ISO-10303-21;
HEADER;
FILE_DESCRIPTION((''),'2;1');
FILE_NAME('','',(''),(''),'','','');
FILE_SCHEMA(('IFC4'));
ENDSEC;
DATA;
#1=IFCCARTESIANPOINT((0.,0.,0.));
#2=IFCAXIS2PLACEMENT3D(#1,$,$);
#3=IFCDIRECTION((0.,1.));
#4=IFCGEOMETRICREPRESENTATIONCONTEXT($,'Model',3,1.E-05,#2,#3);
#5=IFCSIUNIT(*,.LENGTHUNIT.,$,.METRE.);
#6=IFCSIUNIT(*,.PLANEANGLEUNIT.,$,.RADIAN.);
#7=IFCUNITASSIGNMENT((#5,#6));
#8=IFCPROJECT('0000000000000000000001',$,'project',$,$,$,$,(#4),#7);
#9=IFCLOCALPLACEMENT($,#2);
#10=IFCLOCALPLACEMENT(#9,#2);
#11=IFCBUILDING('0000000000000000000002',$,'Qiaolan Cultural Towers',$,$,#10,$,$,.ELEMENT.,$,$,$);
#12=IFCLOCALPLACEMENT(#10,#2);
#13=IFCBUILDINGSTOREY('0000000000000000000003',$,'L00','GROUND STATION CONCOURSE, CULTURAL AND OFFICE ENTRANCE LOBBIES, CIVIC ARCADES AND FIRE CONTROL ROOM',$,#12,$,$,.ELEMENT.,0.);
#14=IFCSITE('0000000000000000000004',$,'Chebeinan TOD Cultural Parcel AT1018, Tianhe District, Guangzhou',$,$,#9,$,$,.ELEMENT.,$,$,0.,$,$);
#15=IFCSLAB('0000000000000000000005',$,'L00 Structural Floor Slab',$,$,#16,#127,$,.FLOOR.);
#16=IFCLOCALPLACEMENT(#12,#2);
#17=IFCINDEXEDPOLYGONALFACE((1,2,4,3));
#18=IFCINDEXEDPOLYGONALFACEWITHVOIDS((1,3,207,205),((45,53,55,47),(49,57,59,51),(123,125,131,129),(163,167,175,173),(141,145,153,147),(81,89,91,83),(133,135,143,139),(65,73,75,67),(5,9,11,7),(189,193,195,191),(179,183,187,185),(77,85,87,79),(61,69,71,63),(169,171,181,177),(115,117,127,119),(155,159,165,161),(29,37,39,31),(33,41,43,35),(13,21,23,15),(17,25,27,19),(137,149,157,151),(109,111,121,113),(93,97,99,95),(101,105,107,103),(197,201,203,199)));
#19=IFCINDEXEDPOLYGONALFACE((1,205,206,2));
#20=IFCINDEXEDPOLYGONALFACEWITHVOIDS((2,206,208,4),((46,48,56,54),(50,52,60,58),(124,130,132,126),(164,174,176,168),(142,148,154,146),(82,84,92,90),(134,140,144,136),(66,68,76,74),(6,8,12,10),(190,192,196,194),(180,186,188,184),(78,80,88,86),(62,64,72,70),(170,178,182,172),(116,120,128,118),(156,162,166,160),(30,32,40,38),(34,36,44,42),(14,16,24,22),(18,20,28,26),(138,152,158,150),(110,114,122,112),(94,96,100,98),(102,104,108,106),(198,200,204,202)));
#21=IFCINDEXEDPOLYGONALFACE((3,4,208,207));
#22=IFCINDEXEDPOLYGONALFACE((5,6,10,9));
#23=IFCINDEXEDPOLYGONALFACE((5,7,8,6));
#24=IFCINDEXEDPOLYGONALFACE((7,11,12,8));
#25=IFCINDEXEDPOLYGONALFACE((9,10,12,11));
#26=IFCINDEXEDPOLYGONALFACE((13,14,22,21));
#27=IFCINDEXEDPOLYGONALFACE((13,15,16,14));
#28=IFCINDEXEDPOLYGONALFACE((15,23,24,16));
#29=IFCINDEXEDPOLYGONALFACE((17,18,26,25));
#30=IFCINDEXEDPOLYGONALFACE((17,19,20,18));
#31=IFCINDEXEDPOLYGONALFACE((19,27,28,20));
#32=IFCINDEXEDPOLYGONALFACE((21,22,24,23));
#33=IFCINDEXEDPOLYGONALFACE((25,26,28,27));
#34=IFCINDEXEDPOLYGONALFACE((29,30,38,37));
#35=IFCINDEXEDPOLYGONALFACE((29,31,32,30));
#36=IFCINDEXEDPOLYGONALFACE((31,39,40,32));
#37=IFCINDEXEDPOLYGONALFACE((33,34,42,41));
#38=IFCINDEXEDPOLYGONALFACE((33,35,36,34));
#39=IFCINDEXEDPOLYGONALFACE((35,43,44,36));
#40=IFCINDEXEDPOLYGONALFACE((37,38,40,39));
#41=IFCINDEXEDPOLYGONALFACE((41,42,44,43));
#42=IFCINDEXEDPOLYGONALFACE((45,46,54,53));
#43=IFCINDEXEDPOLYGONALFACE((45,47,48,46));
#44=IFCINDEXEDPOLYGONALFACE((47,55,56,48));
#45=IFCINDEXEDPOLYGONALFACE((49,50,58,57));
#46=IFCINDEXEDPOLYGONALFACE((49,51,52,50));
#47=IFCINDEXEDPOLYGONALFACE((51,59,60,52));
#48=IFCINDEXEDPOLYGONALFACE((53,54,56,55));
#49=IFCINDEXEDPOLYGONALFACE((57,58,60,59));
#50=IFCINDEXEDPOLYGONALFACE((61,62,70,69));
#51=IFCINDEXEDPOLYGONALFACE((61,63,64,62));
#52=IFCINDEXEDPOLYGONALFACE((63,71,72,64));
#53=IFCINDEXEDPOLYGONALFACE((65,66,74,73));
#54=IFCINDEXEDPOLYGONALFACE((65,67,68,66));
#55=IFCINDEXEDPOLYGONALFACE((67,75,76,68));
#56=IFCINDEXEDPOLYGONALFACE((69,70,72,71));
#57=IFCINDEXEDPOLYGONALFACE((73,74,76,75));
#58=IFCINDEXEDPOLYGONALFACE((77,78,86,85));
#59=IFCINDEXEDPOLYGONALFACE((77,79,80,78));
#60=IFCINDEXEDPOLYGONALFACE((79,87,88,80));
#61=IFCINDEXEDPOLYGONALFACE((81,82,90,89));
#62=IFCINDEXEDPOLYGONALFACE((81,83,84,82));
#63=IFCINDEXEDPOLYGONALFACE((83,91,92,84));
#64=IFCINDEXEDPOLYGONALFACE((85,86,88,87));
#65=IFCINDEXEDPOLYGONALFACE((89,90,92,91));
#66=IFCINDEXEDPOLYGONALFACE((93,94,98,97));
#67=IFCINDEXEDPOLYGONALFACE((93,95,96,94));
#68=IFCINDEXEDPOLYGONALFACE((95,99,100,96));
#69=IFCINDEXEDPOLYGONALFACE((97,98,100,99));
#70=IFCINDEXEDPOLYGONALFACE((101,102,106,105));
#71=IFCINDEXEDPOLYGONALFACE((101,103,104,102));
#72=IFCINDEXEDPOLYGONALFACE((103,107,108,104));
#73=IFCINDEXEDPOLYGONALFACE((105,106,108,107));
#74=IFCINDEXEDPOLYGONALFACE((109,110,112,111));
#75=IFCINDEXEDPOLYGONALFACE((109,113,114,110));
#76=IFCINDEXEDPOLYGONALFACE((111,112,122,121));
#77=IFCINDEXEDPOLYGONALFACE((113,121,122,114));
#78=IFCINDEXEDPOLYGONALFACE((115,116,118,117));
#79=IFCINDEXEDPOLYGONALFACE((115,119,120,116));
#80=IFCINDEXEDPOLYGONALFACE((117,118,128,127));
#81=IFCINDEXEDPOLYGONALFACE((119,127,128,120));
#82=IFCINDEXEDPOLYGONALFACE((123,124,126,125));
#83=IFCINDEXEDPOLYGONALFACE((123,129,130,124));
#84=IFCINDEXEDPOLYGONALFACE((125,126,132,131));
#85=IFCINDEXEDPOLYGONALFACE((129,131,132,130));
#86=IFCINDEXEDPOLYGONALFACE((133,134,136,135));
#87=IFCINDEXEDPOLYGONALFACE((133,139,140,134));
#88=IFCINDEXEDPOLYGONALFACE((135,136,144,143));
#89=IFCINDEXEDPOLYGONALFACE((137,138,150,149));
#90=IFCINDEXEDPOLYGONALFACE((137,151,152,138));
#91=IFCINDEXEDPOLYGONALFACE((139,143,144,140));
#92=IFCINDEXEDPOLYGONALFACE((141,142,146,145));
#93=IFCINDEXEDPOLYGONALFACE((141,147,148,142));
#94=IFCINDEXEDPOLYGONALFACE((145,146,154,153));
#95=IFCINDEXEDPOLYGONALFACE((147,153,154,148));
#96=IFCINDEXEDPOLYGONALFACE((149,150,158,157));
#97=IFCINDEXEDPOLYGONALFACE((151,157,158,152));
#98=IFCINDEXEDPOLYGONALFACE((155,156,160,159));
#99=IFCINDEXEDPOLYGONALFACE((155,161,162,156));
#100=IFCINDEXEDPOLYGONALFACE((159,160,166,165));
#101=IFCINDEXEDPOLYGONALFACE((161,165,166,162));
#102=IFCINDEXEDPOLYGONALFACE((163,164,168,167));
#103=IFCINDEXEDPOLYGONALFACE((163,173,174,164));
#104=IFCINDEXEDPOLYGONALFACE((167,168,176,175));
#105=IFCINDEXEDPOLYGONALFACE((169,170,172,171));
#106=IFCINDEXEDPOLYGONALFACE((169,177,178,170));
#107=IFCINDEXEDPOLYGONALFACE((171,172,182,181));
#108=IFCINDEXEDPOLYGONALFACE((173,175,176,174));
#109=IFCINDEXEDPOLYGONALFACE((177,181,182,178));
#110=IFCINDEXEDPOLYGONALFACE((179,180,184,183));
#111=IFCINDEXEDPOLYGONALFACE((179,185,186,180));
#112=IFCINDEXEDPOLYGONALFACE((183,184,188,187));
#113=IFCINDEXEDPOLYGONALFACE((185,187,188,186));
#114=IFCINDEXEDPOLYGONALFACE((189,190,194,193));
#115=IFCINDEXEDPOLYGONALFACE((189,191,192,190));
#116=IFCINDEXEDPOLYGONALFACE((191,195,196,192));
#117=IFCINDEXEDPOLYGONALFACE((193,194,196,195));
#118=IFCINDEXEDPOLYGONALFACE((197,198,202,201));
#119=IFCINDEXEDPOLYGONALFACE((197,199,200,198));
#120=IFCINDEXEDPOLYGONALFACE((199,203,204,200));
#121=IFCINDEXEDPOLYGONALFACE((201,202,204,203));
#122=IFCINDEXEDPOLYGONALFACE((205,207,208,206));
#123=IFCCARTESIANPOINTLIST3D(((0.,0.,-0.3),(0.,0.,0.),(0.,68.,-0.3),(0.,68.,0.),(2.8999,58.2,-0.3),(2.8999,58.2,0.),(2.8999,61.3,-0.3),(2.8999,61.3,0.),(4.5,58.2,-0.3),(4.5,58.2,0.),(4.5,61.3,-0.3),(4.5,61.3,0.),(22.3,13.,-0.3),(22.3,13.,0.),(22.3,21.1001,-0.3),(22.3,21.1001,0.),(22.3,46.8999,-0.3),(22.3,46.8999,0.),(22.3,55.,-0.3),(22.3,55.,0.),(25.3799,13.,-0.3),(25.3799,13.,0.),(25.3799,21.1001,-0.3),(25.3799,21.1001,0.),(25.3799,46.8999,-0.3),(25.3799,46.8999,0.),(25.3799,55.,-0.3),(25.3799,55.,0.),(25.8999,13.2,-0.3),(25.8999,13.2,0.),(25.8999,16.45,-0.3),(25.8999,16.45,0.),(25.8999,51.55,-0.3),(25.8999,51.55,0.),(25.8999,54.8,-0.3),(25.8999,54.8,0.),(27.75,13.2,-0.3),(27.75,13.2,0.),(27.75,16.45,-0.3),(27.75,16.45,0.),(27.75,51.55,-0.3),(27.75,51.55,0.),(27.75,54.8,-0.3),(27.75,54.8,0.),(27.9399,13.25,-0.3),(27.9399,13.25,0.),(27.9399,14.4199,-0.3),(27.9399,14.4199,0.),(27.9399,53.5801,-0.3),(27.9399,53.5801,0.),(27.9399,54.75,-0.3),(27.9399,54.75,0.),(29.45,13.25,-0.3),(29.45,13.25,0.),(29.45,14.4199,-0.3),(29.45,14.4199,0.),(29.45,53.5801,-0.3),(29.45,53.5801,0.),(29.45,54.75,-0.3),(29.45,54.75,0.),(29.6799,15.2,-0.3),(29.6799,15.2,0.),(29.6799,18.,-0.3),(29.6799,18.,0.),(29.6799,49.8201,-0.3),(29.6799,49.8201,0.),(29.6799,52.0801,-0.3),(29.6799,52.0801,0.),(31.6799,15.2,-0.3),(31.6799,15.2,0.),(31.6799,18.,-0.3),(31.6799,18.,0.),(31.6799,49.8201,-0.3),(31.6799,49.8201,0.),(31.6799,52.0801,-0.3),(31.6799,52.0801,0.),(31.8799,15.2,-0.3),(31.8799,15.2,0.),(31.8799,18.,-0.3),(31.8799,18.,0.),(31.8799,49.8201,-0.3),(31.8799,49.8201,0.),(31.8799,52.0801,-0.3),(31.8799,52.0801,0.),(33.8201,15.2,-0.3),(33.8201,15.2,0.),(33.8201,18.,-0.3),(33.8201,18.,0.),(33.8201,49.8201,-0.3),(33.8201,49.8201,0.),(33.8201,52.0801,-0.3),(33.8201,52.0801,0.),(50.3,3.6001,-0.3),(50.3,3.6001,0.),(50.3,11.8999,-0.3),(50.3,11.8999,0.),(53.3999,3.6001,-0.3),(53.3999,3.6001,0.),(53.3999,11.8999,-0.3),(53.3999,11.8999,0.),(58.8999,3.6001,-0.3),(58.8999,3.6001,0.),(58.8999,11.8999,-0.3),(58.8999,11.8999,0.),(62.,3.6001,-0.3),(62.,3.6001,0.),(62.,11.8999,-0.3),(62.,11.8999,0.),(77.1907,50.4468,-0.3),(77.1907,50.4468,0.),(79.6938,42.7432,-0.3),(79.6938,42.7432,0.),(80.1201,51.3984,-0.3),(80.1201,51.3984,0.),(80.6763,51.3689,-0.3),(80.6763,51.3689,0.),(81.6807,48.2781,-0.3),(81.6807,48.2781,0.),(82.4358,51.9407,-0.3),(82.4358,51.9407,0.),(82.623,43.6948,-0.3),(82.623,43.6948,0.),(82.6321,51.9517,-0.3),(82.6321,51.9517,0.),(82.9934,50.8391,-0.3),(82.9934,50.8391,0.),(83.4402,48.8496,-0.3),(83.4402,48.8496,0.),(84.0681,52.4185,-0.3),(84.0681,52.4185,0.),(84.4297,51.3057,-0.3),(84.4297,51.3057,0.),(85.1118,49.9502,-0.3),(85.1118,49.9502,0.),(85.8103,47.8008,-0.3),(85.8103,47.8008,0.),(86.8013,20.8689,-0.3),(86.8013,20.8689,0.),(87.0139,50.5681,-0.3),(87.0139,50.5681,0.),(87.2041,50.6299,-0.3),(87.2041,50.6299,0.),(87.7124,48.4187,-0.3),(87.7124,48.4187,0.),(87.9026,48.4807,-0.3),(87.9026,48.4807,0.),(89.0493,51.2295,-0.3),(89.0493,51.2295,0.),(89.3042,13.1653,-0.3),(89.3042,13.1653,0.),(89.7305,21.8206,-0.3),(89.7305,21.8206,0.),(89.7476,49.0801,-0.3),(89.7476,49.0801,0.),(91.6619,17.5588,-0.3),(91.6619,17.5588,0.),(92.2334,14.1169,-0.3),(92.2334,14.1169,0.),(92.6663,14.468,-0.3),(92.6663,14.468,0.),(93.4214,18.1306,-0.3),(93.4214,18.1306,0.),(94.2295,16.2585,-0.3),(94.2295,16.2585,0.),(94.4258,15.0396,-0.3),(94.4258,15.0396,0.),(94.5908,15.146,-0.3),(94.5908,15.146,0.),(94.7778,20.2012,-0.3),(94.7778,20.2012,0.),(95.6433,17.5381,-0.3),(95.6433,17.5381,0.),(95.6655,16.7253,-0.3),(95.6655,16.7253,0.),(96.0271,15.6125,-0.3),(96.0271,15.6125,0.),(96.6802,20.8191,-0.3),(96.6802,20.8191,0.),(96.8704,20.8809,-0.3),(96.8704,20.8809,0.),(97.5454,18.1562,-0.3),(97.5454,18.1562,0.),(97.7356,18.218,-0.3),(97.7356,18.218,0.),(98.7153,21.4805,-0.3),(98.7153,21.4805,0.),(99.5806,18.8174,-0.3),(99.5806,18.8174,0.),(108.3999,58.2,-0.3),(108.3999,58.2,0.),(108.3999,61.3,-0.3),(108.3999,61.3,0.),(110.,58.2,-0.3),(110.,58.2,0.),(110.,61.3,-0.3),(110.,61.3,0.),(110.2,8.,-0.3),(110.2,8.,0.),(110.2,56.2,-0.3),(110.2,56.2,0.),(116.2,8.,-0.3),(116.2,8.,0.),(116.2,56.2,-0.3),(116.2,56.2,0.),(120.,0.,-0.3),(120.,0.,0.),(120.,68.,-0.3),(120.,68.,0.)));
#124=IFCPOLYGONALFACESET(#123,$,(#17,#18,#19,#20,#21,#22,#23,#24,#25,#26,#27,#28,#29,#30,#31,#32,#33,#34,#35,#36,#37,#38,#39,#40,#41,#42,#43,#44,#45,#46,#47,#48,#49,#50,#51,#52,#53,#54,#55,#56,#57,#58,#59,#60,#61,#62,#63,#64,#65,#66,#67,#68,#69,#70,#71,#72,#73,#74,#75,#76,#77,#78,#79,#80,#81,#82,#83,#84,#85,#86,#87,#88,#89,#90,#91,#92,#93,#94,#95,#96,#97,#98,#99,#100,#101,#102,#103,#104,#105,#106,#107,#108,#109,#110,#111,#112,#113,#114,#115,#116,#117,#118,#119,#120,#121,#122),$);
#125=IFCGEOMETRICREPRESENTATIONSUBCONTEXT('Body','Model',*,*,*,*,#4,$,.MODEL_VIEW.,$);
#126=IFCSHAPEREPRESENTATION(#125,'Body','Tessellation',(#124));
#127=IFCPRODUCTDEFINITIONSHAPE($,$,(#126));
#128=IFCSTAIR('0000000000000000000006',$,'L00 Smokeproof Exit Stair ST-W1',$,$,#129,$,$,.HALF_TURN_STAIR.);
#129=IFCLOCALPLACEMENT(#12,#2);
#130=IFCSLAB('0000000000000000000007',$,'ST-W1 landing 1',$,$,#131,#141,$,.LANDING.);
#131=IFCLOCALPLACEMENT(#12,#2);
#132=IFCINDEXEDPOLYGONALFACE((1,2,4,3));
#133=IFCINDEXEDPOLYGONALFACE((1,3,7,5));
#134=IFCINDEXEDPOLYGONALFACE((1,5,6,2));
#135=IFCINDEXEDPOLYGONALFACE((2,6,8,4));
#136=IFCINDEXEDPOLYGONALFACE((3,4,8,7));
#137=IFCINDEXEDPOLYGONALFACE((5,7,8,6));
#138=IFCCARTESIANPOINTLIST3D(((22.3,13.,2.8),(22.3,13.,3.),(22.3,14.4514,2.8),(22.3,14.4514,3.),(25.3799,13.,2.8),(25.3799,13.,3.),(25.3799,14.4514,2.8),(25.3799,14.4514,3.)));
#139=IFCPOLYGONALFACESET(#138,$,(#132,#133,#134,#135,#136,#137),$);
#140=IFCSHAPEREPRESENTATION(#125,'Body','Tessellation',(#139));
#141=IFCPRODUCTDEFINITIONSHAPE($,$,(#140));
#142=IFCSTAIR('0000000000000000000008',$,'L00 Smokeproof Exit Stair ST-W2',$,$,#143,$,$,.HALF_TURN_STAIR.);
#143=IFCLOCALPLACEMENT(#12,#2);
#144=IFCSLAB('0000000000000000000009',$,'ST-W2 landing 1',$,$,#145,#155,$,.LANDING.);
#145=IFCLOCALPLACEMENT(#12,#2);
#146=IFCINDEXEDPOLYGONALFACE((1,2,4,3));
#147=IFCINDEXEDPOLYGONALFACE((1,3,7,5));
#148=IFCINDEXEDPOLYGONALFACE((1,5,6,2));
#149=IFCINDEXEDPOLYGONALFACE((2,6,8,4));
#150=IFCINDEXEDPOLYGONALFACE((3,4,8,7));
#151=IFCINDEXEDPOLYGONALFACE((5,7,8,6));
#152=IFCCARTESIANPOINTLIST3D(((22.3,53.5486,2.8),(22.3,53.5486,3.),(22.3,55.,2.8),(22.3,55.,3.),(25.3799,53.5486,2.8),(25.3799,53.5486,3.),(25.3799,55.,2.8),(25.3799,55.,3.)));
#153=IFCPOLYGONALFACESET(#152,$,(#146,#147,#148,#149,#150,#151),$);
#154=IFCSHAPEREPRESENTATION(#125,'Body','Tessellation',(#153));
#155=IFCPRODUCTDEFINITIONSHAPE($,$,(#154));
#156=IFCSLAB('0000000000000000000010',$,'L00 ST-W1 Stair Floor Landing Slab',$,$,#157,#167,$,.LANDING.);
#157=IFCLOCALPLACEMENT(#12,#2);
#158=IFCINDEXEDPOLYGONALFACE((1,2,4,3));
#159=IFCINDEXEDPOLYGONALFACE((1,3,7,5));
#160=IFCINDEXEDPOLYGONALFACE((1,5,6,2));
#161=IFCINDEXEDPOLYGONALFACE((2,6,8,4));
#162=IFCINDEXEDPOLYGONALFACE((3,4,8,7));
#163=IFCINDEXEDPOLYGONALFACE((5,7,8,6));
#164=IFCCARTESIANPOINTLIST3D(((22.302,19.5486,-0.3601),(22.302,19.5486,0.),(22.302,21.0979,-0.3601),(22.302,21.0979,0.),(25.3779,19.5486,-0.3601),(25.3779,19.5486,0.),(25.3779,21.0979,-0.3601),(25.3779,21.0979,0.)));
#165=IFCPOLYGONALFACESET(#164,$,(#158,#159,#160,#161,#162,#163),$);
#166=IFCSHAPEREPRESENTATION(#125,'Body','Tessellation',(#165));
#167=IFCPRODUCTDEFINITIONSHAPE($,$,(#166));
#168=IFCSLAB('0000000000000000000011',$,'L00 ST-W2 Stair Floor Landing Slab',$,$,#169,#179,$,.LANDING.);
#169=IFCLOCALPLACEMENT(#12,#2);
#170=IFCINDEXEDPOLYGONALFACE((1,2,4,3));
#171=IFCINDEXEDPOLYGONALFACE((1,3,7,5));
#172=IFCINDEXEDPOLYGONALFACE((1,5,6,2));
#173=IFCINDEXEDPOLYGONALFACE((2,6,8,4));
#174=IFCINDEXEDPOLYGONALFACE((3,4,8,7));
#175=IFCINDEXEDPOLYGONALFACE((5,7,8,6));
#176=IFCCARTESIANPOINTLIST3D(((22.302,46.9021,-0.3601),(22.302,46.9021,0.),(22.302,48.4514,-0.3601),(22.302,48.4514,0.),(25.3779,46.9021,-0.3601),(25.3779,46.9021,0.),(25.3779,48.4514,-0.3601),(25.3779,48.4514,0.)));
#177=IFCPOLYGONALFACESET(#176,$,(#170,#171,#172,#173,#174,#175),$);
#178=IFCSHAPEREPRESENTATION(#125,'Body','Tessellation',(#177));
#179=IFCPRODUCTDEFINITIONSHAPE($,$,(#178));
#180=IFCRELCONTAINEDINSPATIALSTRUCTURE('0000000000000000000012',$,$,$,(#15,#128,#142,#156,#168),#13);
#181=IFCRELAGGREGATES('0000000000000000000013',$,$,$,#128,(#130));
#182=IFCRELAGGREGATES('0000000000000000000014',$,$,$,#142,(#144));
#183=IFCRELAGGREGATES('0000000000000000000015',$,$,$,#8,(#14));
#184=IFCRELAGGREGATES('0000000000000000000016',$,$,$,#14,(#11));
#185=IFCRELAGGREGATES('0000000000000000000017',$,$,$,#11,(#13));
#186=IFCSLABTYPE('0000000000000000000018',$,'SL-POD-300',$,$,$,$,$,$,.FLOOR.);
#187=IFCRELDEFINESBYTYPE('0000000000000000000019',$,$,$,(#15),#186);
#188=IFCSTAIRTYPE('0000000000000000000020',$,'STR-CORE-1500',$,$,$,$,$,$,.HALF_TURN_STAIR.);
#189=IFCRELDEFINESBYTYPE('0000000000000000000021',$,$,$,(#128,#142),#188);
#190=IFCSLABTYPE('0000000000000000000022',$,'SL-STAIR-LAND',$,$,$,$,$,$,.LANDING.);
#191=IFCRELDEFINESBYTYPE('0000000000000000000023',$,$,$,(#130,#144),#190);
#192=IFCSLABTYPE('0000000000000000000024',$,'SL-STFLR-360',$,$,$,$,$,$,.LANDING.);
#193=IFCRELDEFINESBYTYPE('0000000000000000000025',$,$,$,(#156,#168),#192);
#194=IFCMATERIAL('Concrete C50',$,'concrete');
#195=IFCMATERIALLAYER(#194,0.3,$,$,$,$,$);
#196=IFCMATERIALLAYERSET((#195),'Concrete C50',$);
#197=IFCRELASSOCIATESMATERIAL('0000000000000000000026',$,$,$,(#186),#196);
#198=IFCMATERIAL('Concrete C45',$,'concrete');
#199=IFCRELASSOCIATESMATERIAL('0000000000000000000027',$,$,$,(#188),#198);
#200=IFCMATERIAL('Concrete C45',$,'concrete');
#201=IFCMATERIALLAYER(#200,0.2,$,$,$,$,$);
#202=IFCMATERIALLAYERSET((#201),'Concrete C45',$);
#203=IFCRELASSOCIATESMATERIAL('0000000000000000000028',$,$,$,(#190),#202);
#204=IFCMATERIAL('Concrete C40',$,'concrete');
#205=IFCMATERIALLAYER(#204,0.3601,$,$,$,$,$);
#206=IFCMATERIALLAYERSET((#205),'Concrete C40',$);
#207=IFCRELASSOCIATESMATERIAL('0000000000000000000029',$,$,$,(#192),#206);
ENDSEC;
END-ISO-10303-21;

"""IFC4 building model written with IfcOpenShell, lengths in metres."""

from ifc_helpers import new_model, si_unit, direction, frame, origin, place, context, subcontext, project, spatial, polyline, outline, extrude, material, layer, layer_set, type_object, element, aggregate, save


model = new_model("IFC4")

# Units and contexts
model_context = context("Model", 3, precision=1e-05, world=origin(), true_north=direction((0.0, 1.0)))
body_context = subcontext(model_context, "Body", "Model", "MODEL_VIEW")
ifc_project = project(units=[si_unit("LENGTHUNIT", "METRE"), si_unit("PLANEANGLEUNIT", "RADIAN")], contexts=[model_context])

# Site, building, storey
site_placement = place(None, origin())
site = spatial("IfcSite", under=ifc_project, at=site_placement, Name="Chebeinan TOD Cultural Parcel AT1018, Tianhe District, Guangzhou", CompositionType="ELEMENT", RefElevation=0.0)
building_placement = place(site_placement, origin())
building = spatial("IfcBuilding", under=site, at=building_placement, Name="Qiaolan Cultural Towers", CompositionType="ELEMENT")
storey_placement = place(building_placement, origin())
storey = spatial("IfcBuildingStorey", under=building, at=storey_placement, Name="L00", Description="GROUND STATION CONCOURSE, CULTURAL AND OFFICE ENTRANCE LOBBIES, CIVIC ARCADES AND FIRE CONTROL ROOM", CompositionType="ELEMENT", Elevation=0.0)

# Slab
ifc_material_1 = material(Name="Concrete C50", Category="concrete")
ifc_layer_1 = layer(ifc_material_1, 0.3)
ifc_layer_set_1 = layer_set([ifc_layer_1], Name="Concrete C50")
slab_type_1 = type_object("IfcSlabType", Name="SL-POD-300", PredefinedType="FLOOR", material=ifc_layer_set_1)
slab_1_placement = place(storey_placement, frame((0.0, 0.0, -0.3)))
element("IfcSlab", 1, at=slab_1_placement, inside=storey, type_object=slab_type_1, Name="L00 Structural Floor Slab", PredefinedType="FLOOR", context=body_context, shape_type="SweptSolid", body=[
    extrude(outline(polyline([(0.0, 0.0), (120.0, 0.0), (120.0, 68.0), (0.0, 68.0), (0.0, 0.0)]), holes=[polyline([(22.3, 21.1001), (22.3, 13.0), (25.3799, 13.0), (25.3799, 21.1001), (22.3, 21.1001)]), polyline([(25.3799, 46.8999), (25.3799, 55.0), (22.3, 55.0), (22.3, 46.8999), (25.3799, 46.8999)]), polyline([(86.8013, 20.8689), (89.3042, 13.1653), (92.2334, 14.1169), (89.7305, 21.8206), (86.8013, 20.8689)]), polyline([(82.623, 43.6948), (80.1201, 51.3984), (77.1907, 50.4468), (79.6938, 42.7432), (82.623, 43.6948)]), polyline([(2.8999, 58.2), (4.5, 58.2), (4.5, 61.3), (2.8999, 61.3), (2.8999, 58.2)]), polyline([(108.3999, 58.2), (110.0, 58.2), (110.0, 61.3), (108.3999, 61.3), (108.3999, 58.2)]), polyline([(53.3999, 3.6001), (53.3999, 11.8999), (50.3, 11.8999), (50.3, 3.6001), (53.3999, 3.6001)]), polyline([(62.0, 3.6001), (62.0, 11.8999), (58.8999, 11.8999), (58.8999, 3.6001), (62.0, 3.6001)]), polyline([(25.8999, 13.2), (27.75, 13.2), (27.75, 16.45), (25.8999, 16.45), (25.8999, 13.2)]), polyline([(27.9399, 13.25), (29.45, 13.25), (29.45, 14.4199), (27.9399, 14.4199), (27.9399, 13.25)]), polyline([(29.6799, 15.2), (31.6799, 15.2), (31.6799, 18.0), (29.6799, 18.0), (29.6799, 15.2)]), polyline([(31.8799, 15.2), (33.8201, 15.2), (33.8201, 18.0), (31.8799, 18.0), (31.8799, 15.2)]), polyline([(25.8999, 51.55), (27.75, 51.55), (27.75, 54.8), (25.8999, 54.8), (25.8999, 51.55)]), polyline([(27.9399, 53.5801), (29.45, 53.5801), (29.45, 54.75), (27.9399, 54.75), (27.9399, 53.5801)]), polyline([(29.6799, 49.8201), (31.6799, 49.8201), (31.6799, 52.0801), (29.6799, 52.0801), (29.6799, 49.8201)]), polyline([(31.8799, 49.8201), (33.8201, 49.8201), (33.8201, 52.0801), (31.8799, 52.0801), (31.8799, 49.8201)]), polyline([(92.6663, 14.468), (94.4258, 15.0396), (93.4214, 18.1306), (91.6619, 17.5588), (92.6663, 14.468)]), polyline([(94.5908, 15.146), (96.0271, 15.6125), (95.6655, 16.7253), (94.2295, 16.2585), (94.5908, 15.146)]), polyline([(95.6433, 17.5381), (97.5454, 18.1562), (96.6802, 20.8191), (94.7778, 20.2012), (95.6433, 17.5381)]), polyline([(97.7356, 18.218), (99.5806, 18.8174), (98.7153, 21.4805), (96.8704, 20.8809), (97.7356, 18.218)]), polyline([(81.6807, 48.2781), (83.4402, 48.8496), (82.4358, 51.9407), (80.6763, 51.3689), (81.6807, 48.2781)]), polyline([(82.9934, 50.8391), (84.4297, 51.3057), (84.0681, 52.4185), (82.6321, 51.9517), (82.9934, 50.8391)]), polyline([(85.8103, 47.8008), (87.7124, 48.4187), (87.0139, 50.5681), (85.1118, 49.9502), (85.8103, 47.8008)]), polyline([(87.9026, 48.4807), (89.7476, 49.0801), (89.0493, 51.2295), (87.2041, 50.6299), (87.9026, 48.4807)]), polyline([(110.2, 8.0), (116.2, 8.0), (116.2, 56.2), (110.2, 56.2), (110.2, 8.0)])]), origin(), (0.0, 0.0, 1.0), 0.3),
])

# Stairs, slabs
ifc_material_2 = material(Name="Concrete C45", Category="concrete")
stair_type = type_object("IfcStairType", Name="STR-CORE-1500", PredefinedType="HALF_TURN_STAIR", material=ifc_material_2)
stair_1_placement = place(storey_placement, origin())
stair_1 = element("IfcStair", 2, at=stair_1_placement, inside=storey, type_object=stair_type, Name="L00 Smokeproof Exit Stair ST-W1", PredefinedType="HALF_TURN_STAIR")
ifc_material_3 = material(Name="Concrete C45", Category="concrete")
ifc_layer_2 = layer(ifc_material_3, 0.2)
ifc_layer_set_2 = layer_set([ifc_layer_2], Name="Concrete C45")
slab_type_2 = type_object("IfcSlabType", Name="SL-STAIR-LAND", PredefinedType="LANDING", material=ifc_layer_set_2)
slab_2_placement = place(storey_placement, frame((0.0, 0.0, 2.8)))
slab_2 = element("IfcSlab", 3, at=slab_2_placement, type_object=slab_type_2, Name="ST-W1 landing 1", PredefinedType="LANDING", context=body_context, shape_type="SweptSolid", body=[
    extrude(outline(polyline([(22.3, 14.4514), (22.3, 13.0), (25.3799, 13.0), (25.3799, 14.4514), (22.3, 14.4514)])), origin(), (0.0, 0.0, 1.0), 0.2),
])
aggregate(stair_1, [slab_2])
stair_2_placement = place(storey_placement, origin())
stair_2 = element("IfcStair", 4, at=stair_2_placement, inside=storey, type_object=stair_type, Name="L00 Smokeproof Exit Stair ST-W2", PredefinedType="HALF_TURN_STAIR")
slab_3_placement = place(storey_placement, frame((0.0, 0.0, 2.8)))
slab_3 = element("IfcSlab", 5, at=slab_3_placement, type_object=slab_type_2, Name="ST-W2 landing 1", PredefinedType="LANDING", context=body_context, shape_type="SweptSolid", body=[
    extrude(outline(polyline([(25.3799, 53.5486), (25.3799, 55.0), (22.3, 55.0), (22.3, 53.5486), (25.3799, 53.5486)])), origin(), (0.0, 0.0, 1.0), 0.2),
])
aggregate(stair_2, [slab_3])

# Slabs
ifc_material_4 = material(Name="Concrete C40", Category="concrete")
ifc_layer_3 = layer(ifc_material_4, 0.3601)
ifc_layer_set_3 = layer_set([ifc_layer_3], Name="Concrete C40")
slab_type_3 = type_object("IfcSlabType", Name="SL-STFLR-360", PredefinedType="LANDING", material=ifc_layer_set_3)
slab_4_placement = place(storey_placement, frame((0.0, 0.0, -0.3601)))
element("IfcSlab", 6, at=slab_4_placement, inside=storey, type_object=slab_type_3, Name="L00 ST-W1 Stair Floor Landing Slab", PredefinedType="LANDING", context=body_context, shape_type="SweptSolid", body=[
    extrude(outline(polyline([(22.302, 21.0979), (22.302, 19.5486), (25.3779, 19.5486), (25.3779, 21.0979), (22.302, 21.0979)])), origin(), (0.0, 0.0, 1.0), 0.3601),
])
slab_5_placement = place(storey_placement, frame((0.0, 0.0, -0.3601)))
element("IfcSlab", 7, at=slab_5_placement, inside=storey, type_object=slab_type_3, Name="L00 ST-W2 Stair Floor Landing Slab", PredefinedType="LANDING", context=body_context, shape_type="SweptSolid", body=[
    extrude(outline(polyline([(25.3779, 46.9021), (25.3779, 48.4514), (22.302, 48.4514), (22.302, 46.9021), (25.3779, 46.9021)])), origin(), (0.0, 0.0, 1.0), 0.3601),
])

save(model, "model.ifc")
